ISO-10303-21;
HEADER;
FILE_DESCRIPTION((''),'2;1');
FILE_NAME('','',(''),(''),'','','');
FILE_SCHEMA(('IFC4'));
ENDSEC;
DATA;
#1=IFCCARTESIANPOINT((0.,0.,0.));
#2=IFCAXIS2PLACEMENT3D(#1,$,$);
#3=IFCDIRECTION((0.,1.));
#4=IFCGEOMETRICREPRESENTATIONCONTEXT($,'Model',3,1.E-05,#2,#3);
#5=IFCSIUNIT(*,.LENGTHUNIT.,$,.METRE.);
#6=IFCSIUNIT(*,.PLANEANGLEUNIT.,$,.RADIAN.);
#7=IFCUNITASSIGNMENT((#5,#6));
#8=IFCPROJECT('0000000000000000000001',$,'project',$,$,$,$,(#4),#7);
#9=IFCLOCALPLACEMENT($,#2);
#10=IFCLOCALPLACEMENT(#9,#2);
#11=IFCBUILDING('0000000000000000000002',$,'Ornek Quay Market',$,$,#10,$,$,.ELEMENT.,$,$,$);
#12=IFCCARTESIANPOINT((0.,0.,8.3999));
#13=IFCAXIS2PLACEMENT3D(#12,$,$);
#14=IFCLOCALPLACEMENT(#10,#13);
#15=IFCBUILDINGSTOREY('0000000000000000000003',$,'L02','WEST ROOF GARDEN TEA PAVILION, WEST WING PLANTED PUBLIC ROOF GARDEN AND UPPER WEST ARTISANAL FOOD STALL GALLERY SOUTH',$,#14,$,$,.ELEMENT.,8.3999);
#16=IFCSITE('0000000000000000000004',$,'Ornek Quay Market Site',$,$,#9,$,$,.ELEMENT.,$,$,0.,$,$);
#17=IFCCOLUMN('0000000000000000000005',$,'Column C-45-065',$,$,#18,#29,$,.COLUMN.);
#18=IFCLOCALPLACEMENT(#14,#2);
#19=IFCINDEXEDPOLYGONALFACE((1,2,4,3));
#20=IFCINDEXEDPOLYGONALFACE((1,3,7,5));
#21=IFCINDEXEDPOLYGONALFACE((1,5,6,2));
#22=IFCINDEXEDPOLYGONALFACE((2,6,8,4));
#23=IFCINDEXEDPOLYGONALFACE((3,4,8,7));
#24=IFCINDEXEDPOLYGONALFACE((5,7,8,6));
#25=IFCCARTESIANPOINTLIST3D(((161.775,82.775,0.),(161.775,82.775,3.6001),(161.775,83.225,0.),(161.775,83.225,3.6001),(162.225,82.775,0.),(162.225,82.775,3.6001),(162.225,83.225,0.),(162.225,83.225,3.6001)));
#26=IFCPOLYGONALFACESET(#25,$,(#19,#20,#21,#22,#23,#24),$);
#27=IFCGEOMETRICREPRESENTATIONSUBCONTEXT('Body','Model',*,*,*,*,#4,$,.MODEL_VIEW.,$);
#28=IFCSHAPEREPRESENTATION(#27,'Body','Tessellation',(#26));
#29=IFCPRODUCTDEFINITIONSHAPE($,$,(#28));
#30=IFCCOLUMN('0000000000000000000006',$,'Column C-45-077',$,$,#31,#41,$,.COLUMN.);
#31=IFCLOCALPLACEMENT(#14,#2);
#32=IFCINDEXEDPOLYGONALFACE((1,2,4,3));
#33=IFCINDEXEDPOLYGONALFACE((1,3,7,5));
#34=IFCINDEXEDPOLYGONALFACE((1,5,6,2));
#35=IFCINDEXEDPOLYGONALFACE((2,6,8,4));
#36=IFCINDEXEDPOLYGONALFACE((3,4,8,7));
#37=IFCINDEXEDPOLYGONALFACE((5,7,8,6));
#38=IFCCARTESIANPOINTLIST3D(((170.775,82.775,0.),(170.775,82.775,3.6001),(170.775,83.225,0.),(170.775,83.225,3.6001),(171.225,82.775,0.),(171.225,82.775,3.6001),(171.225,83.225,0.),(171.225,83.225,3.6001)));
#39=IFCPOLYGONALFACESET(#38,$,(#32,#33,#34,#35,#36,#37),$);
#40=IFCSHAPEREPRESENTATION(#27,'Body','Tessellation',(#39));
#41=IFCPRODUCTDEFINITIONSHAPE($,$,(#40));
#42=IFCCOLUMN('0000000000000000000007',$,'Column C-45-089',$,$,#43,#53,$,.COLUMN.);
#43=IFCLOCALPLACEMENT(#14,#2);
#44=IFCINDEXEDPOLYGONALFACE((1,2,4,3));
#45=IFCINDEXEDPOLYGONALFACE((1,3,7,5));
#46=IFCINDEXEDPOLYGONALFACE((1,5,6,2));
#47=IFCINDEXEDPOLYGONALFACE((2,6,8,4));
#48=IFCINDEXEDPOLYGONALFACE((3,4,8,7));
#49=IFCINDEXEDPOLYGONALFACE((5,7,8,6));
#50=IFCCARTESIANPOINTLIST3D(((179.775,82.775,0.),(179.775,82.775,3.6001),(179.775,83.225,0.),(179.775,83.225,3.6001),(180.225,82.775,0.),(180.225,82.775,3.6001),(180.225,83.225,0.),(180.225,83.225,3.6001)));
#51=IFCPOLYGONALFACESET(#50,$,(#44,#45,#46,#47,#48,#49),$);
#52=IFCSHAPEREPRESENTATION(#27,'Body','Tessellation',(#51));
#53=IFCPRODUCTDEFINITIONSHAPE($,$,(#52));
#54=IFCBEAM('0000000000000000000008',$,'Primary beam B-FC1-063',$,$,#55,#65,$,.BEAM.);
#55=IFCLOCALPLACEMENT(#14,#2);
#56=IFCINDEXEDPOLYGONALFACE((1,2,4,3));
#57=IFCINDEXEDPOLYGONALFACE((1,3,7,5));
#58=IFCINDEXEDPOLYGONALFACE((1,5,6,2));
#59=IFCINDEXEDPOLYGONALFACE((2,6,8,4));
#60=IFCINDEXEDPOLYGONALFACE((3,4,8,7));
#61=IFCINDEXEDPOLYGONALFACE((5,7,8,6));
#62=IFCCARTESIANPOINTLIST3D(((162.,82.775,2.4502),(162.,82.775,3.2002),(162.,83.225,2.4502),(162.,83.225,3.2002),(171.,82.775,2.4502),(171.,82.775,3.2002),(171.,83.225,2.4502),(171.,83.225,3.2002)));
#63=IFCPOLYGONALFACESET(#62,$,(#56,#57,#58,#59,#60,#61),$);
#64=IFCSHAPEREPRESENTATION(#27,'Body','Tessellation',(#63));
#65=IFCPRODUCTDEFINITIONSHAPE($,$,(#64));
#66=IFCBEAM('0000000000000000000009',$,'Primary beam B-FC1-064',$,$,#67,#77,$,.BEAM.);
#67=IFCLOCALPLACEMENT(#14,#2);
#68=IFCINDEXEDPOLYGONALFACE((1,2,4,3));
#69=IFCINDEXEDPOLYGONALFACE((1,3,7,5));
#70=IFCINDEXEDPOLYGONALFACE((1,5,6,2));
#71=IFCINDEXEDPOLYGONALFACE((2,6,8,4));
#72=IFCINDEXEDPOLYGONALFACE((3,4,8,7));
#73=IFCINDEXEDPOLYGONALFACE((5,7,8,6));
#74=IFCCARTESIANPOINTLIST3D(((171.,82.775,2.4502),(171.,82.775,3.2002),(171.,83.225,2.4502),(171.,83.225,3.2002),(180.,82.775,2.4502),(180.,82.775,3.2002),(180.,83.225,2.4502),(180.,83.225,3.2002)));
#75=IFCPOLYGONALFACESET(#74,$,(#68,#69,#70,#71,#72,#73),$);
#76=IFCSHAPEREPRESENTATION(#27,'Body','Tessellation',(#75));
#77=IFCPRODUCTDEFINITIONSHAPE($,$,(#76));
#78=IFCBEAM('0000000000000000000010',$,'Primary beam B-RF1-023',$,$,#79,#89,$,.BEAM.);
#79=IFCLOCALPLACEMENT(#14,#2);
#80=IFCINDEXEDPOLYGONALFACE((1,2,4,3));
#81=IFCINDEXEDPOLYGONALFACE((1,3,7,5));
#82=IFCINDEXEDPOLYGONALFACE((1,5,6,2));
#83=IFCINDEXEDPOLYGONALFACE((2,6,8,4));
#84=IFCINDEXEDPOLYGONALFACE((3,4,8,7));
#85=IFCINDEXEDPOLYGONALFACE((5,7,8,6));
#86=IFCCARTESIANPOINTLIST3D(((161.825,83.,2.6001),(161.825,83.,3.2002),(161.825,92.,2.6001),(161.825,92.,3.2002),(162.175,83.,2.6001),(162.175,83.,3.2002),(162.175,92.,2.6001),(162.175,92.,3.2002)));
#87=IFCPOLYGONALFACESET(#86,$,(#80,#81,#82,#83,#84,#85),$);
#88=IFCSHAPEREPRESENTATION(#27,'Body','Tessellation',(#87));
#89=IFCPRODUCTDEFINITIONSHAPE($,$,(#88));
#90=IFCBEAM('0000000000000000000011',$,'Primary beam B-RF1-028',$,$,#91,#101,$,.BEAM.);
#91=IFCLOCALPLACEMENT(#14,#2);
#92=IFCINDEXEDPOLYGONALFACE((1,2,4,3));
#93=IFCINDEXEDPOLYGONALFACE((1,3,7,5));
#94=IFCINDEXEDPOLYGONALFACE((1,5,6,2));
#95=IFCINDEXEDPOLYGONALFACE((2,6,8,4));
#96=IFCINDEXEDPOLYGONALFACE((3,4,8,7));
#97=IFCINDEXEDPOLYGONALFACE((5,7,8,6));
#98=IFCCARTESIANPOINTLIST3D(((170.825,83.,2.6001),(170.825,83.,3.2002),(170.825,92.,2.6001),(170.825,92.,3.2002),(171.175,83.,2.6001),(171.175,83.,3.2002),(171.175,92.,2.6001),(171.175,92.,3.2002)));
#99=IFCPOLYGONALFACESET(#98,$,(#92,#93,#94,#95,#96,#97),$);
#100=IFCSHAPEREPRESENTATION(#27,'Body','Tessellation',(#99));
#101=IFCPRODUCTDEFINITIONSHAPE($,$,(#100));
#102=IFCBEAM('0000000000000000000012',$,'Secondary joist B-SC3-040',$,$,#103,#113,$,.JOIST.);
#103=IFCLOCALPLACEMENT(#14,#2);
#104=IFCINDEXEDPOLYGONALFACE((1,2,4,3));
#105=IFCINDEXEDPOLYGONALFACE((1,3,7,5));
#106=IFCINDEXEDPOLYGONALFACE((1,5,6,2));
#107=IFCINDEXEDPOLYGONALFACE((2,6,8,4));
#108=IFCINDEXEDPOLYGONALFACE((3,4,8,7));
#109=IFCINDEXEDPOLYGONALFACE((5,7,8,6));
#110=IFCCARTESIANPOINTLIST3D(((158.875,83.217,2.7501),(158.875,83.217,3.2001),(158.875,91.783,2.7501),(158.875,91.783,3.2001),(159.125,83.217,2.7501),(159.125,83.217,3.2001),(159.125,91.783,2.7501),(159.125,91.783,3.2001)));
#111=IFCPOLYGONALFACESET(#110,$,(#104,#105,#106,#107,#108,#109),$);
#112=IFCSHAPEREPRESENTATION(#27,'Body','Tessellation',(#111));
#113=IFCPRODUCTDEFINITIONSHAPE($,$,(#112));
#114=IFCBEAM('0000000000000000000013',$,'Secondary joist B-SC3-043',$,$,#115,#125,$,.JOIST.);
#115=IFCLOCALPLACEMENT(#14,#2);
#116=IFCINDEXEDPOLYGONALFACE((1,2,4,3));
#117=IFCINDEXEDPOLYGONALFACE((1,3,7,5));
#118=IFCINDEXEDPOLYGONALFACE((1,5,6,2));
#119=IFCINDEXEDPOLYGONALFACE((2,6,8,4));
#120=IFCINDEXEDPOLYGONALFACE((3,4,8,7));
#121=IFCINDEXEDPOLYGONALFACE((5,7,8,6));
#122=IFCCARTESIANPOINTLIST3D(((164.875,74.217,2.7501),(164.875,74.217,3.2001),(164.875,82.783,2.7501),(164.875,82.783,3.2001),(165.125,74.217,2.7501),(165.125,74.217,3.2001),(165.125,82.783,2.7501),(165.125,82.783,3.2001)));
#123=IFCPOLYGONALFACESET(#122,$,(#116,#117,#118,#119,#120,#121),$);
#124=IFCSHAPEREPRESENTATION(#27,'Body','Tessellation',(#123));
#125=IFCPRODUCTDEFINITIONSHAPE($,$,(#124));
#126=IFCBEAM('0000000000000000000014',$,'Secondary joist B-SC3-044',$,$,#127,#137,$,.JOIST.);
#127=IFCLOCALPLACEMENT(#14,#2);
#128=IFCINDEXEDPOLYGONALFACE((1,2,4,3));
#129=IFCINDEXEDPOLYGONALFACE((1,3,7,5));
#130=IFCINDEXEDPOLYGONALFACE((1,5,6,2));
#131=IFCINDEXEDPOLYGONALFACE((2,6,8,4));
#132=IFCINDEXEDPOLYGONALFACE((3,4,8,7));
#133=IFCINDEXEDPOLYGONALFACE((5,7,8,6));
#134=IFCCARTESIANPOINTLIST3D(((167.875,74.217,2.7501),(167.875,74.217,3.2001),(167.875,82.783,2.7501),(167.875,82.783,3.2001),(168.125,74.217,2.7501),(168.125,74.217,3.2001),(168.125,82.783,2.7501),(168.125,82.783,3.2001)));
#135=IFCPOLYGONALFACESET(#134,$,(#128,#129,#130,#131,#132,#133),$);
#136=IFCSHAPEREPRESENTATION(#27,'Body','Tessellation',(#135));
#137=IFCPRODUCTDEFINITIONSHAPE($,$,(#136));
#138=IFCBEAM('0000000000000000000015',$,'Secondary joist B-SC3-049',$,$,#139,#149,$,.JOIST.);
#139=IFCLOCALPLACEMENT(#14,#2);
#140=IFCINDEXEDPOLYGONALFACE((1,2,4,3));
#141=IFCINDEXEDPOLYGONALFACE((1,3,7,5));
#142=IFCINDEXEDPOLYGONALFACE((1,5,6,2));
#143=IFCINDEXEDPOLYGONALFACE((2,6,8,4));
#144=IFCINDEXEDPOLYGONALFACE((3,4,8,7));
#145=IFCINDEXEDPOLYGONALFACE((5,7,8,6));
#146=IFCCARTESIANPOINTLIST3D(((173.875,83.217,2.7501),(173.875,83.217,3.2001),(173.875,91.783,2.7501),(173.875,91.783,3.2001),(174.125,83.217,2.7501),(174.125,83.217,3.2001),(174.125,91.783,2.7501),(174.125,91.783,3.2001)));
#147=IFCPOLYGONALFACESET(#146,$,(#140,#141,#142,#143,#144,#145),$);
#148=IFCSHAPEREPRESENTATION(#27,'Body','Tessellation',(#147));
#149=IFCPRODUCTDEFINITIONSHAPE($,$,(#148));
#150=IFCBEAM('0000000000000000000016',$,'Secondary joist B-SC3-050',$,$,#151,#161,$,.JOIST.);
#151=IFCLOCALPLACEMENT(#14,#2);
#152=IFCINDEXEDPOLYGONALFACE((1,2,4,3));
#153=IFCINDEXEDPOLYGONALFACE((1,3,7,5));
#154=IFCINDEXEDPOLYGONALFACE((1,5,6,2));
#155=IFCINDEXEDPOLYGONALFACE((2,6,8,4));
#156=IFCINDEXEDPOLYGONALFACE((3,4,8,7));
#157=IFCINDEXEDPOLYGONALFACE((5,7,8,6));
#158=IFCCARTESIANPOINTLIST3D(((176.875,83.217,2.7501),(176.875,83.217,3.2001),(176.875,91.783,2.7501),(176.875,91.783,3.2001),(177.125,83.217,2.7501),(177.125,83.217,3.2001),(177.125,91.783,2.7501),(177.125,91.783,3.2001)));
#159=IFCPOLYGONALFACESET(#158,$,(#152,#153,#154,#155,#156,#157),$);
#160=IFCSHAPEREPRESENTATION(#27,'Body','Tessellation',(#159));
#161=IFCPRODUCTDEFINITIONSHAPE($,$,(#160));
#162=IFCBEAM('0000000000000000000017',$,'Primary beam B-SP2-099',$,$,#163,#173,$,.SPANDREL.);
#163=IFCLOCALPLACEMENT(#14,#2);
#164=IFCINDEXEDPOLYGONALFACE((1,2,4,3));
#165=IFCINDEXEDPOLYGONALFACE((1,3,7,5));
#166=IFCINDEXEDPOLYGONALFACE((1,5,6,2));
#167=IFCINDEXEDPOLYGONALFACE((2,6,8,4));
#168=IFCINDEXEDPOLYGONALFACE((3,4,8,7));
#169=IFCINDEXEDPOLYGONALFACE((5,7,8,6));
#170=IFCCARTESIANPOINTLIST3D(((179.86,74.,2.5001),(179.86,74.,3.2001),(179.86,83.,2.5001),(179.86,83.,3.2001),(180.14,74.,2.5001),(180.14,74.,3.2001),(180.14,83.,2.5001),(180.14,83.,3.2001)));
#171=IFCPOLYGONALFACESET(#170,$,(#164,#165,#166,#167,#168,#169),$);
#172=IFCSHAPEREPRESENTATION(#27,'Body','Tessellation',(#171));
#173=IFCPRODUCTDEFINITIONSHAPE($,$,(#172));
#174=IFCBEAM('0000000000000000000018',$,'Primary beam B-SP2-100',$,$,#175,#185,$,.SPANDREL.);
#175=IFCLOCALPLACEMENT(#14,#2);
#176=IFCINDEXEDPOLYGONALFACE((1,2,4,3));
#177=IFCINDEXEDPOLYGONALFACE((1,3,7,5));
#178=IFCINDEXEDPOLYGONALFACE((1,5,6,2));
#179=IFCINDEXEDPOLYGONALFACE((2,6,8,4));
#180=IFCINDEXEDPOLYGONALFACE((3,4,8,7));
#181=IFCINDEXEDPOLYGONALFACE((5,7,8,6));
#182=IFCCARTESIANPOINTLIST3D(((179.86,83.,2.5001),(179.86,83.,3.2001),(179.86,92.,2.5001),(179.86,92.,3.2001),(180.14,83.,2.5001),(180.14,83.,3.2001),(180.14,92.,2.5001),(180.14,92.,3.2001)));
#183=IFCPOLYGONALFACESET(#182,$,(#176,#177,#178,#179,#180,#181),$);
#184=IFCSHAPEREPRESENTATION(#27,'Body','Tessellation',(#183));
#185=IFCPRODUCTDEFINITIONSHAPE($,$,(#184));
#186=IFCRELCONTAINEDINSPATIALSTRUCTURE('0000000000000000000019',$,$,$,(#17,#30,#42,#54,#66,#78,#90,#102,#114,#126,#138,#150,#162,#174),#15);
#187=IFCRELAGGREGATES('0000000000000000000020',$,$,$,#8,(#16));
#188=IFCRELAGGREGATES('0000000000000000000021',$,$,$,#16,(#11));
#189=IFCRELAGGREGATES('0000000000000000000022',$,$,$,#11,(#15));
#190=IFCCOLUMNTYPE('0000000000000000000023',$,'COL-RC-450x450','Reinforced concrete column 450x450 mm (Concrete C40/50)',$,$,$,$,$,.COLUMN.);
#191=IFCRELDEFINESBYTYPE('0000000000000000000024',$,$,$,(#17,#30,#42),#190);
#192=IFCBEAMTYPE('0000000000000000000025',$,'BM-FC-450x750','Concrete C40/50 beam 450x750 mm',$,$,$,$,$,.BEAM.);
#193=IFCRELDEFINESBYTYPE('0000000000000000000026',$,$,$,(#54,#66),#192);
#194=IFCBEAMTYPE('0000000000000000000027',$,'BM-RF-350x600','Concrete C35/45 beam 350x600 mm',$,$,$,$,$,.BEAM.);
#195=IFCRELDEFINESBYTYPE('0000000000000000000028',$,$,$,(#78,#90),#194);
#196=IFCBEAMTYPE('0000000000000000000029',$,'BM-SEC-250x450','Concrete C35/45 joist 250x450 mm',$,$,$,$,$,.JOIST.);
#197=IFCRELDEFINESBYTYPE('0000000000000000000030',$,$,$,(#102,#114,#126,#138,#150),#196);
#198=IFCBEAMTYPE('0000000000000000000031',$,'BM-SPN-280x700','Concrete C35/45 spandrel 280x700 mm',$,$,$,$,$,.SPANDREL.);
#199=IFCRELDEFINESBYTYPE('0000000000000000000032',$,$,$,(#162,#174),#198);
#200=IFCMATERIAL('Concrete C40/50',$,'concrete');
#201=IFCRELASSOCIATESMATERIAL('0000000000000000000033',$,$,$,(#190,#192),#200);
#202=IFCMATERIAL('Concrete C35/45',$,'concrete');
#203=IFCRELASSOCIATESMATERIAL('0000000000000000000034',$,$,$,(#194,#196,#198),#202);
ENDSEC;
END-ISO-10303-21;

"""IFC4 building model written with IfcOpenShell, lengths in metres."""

from ifc_helpers import new_model, si_unit, direction, frame, origin, origin_2d, place, context, subcontext, project, spatial, rectangle, extrude, material, material_profile, profile_set, type_object, element, save


model = new_model("IFC4")

# Units and contexts
model_context = context("Model", 3, precision=1e-05, world=origin(), true_north=direction((0.0, 1.0)))
body_context = subcontext(model_context, "Body", "Model", "MODEL_VIEW")
ifc_project = project(units=[si_unit("LENGTHUNIT", "METRE"), si_unit("PLANEANGLEUNIT", "RADIAN")], contexts=[model_context])

# Site, building, storey
site_placement = place(None, origin())
site = spatial("IfcSite", under=ifc_project, at=site_placement, Name="Ornek Quay Market Site", CompositionType="ELEMENT", RefElevation=0.0)
building_placement = place(site_placement, origin())
building = spatial("IfcBuilding", under=site, at=building_placement, Name="Ornek Quay Market", CompositionType="ELEMENT")
storey_placement = place(building_placement, frame((0.0, 0.0, 8.3999)))
storey = spatial("IfcBuildingStorey", under=building, at=storey_placement, Name="L02", Description="WEST ROOF GARDEN TEA PAVILION, WEST WING PLANTED PUBLIC ROOF GARDEN AND UPPER WEST ARTISANAL FOOD STALL GALLERY SOUTH", CompositionType="ELEMENT", Elevation=8.3999)

# Columns
ifc_material_1 = material(Name="Concrete C40/50", Category="concrete")
ifc_material_profile_1 = material_profile(ifc_material_1, rectangle(XDim=0.45, YDim=0.45, at=origin_2d()), Name="RC 450x450", Category="concrete")
ifc_profile_set_1 = profile_set([ifc_material_profile_1], Name="Concrete C40/50")
column_type = type_object("IfcColumnType", Name="COL-RC-450x450", Description="Reinforced concrete column 450x450 mm (Concrete C40/50)", PredefinedType="COLUMN", material=ifc_profile_set_1)
for number, where, z_axis, x_axis, name in (
    (1, (162.0, 83.0, 0.0), (0.0, 0.0, 1.0), (1.0, 0.0, 0.0), "Column C-45-065"),
    (2, (171.0, 83.0, 0.0), (0.0, 0.0, 1.0), (1.0, 0.0, 0.0), "Column C-45-077"),
    (3, (180.0, 83.0, 0.0), (0.0, 0.0, 1.0), (1.0, 0.0, 0.0), "Column C-45-089"),
):
    element("IfcColumn", number, at=place(storey_placement, frame(where, z_axis=z_axis, x_axis=x_axis)), inside=storey, type_object=column_type, Name=name, PredefinedType="COLUMN", context=body_context, shape_type="SweptSolid", body=[
        extrude(rectangle(XDim=0.45, YDim=0.45, at=origin_2d()), origin(), (0.0, 0.0, 1.0), 3.6001),
    ])

# Beams
ifc_material_profile_2 = material_profile(ifc_material_1, rectangle(XDim=0.45, YDim=0.75, at=origin_2d()), Name="RC 450x750", Category="concrete")
ifc_profile_set_2 = profile_set([ifc_material_profile_2], Name="Concrete C40/50")
beam_type_1 = type_object("IfcBeamType", Name="BM-FC-450x750", Description="Concrete C40/50 beam 450x750 mm", PredefinedType="BEAM", material=ifc_profile_set_2)
for number, where, z_axis, x_axis, name in (
    (4, (162.0, 83.0, 2.8252), (1.0, 0.0, 0.0), (0.0, 1.0, 0.0), "Primary beam B-FC1-063"),
    (5, (171.0, 83.0, 2.8252), (1.0, 0.0, 0.0), (0.0, 1.0, 0.0), "Primary beam B-FC1-064"),
):
    element("IfcBeam", number, at=place(storey_placement, frame(where, z_axis=z_axis, x_axis=x_axis)), inside=storey, type_object=beam_type_1, Name=name, PredefinedType="BEAM", context=body_context, shape_type="SweptSolid", body=[
        extrude(rectangle(XDim=0.45, YDim=0.75, at=origin_2d()), origin(), (0.0, 0.0, 1.0), 9.0),
    ])
ifc_material_2 = material(Name="Concrete C35/45", Category="concrete")
ifc_material_profile_3 = material_profile(ifc_material_2, rectangle(XDim=0.3501, YDim=0.6001, at=origin_2d()), Name="RC 350x600", Category="concrete")
ifc_profile_set_3 = profile_set([ifc_material_profile_3], Name="Concrete C35/45")
beam_type_2 = type_object("IfcBeamType", Name="BM-RF-350x600", Description="Concrete C35/45 beam 350x600 mm", PredefinedType="BEAM", material=ifc_profile_set_3)
for number, where, z_axis, x_axis, name in (
    (6, (162.0, 83.0, 2.9001), (0.0, 1.0, 0.0), (-1.0, 0.0, 0.0), "Primary beam B-RF1-023"),
    (7, (171.0, 83.0, 2.9001), (0.0, 1.0, 0.0), (-1.0, 0.0, 0.0), "Primary beam B-RF1-028"),
):
    element("IfcBeam", number, at=place(storey_placement, frame(where, z_axis=z_axis, x_axis=x_axis)), inside=storey, type_object=beam_type_2, Name=name, PredefinedType="BEAM", context=body_context, shape_type="SweptSolid", body=[
        extrude(rectangle(XDim=0.3501, YDim=0.6001, at=origin_2d()), origin(), (0.0, 0.0, 1.0), 9.0),
    ])
ifc_material_profile_4 = material_profile(ifc_material_2, rectangle(XDim=0.25, YDim=0.45, at=origin_2d()), Name="RC 250x450", Category="concrete")
ifc_profile_set_4 = profile_set([ifc_material_profile_4], Name="Concrete C35/45")
beam_type_3 = type_object("IfcBeamType", Name="BM-SEC-250x450", Description="Concrete C35/45 joist 250x450 mm", PredefinedType="JOIST", material=ifc_profile_set_4)
for number, where, z_axis, x_axis, name in (
    (8, (159.0, 83.217, 2.9751), (0.0, 1.0, 0.0), (-1.0, 0.0, 0.0), "Secondary joist B-SC3-040"),
    (9, (165.0, 74.217, 2.9751), (0.0, 1.0, 0.0), (-1.0, 0.0, 0.0), "Secondary joist B-SC3-043"),
    (10, (168.0, 74.217, 2.9751), (0.0, 1.0, 0.0), (-1.0, 0.0, 0.0), "Secondary joist B-SC3-044"),
    (11, (174.0, 83.217, 2.9751), (0.0, 1.0, 0.0), (-1.0, 0.0, 0.0), "Secondary joist B-SC3-049"),
    (12, (177.0, 83.217, 2.9751), (0.0, 1.0, 0.0), (-1.0, 0.0, 0.0), "Secondary joist B-SC3-050"),
):
    element("IfcBeam", number, at=place(storey_placement, frame(where, z_axis=z_axis, x_axis=x_axis)), inside=storey, type_object=beam_type_3, Name=name, PredefinedType="JOIST", context=body_context, shape_type="SweptSolid", body=[
        extrude(rectangle(XDim=0.25, YDim=0.45, at=origin_2d()), origin(), (0.0, 0.0, 1.0), 8.5659),
    ])
ifc_material_profile_5 = material_profile(ifc_material_2, rectangle(XDim=0.28, YDim=0.7, at=origin_2d()), Name="RC 280x700", Category="concrete")
ifc_profile_set_5 = profile_set([ifc_material_profile_5], Name="Concrete C35/45")
beam_type_4 = type_object("IfcBeamType", Name="BM-SPN-280x700", Description="Concrete C35/45 spandrel 280x700 mm", PredefinedType="SPANDREL", material=ifc_profile_set_5)
for number, where, z_axis, x_axis, name in (
    (13, (180.0, 74.0, 2.8501), (0.0, 1.0, 0.0), (-1.0, 0.0, 0.0), "Primary beam B-SP2-099"),
    (14, (180.0, 83.0, 2.8501), (0.0, 1.0, 0.0), (-1.0, 0.0, 0.0), "Primary beam B-SP2-100"),
):
    element("IfcBeam", number, at=place(storey_placement, frame(where, z_axis=z_axis, x_axis=x_axis)), inside=storey, type_object=beam_type_4, Name=name, PredefinedType="SPANDREL", context=body_context, shape_type="SweptSolid", body=[
        extrude(rectangle(XDim=0.28, YDim=0.7, at=origin_2d()), origin(), (0.0, 0.0, 1.0), 9.0),
    ])

save(model, "model.ifc")
